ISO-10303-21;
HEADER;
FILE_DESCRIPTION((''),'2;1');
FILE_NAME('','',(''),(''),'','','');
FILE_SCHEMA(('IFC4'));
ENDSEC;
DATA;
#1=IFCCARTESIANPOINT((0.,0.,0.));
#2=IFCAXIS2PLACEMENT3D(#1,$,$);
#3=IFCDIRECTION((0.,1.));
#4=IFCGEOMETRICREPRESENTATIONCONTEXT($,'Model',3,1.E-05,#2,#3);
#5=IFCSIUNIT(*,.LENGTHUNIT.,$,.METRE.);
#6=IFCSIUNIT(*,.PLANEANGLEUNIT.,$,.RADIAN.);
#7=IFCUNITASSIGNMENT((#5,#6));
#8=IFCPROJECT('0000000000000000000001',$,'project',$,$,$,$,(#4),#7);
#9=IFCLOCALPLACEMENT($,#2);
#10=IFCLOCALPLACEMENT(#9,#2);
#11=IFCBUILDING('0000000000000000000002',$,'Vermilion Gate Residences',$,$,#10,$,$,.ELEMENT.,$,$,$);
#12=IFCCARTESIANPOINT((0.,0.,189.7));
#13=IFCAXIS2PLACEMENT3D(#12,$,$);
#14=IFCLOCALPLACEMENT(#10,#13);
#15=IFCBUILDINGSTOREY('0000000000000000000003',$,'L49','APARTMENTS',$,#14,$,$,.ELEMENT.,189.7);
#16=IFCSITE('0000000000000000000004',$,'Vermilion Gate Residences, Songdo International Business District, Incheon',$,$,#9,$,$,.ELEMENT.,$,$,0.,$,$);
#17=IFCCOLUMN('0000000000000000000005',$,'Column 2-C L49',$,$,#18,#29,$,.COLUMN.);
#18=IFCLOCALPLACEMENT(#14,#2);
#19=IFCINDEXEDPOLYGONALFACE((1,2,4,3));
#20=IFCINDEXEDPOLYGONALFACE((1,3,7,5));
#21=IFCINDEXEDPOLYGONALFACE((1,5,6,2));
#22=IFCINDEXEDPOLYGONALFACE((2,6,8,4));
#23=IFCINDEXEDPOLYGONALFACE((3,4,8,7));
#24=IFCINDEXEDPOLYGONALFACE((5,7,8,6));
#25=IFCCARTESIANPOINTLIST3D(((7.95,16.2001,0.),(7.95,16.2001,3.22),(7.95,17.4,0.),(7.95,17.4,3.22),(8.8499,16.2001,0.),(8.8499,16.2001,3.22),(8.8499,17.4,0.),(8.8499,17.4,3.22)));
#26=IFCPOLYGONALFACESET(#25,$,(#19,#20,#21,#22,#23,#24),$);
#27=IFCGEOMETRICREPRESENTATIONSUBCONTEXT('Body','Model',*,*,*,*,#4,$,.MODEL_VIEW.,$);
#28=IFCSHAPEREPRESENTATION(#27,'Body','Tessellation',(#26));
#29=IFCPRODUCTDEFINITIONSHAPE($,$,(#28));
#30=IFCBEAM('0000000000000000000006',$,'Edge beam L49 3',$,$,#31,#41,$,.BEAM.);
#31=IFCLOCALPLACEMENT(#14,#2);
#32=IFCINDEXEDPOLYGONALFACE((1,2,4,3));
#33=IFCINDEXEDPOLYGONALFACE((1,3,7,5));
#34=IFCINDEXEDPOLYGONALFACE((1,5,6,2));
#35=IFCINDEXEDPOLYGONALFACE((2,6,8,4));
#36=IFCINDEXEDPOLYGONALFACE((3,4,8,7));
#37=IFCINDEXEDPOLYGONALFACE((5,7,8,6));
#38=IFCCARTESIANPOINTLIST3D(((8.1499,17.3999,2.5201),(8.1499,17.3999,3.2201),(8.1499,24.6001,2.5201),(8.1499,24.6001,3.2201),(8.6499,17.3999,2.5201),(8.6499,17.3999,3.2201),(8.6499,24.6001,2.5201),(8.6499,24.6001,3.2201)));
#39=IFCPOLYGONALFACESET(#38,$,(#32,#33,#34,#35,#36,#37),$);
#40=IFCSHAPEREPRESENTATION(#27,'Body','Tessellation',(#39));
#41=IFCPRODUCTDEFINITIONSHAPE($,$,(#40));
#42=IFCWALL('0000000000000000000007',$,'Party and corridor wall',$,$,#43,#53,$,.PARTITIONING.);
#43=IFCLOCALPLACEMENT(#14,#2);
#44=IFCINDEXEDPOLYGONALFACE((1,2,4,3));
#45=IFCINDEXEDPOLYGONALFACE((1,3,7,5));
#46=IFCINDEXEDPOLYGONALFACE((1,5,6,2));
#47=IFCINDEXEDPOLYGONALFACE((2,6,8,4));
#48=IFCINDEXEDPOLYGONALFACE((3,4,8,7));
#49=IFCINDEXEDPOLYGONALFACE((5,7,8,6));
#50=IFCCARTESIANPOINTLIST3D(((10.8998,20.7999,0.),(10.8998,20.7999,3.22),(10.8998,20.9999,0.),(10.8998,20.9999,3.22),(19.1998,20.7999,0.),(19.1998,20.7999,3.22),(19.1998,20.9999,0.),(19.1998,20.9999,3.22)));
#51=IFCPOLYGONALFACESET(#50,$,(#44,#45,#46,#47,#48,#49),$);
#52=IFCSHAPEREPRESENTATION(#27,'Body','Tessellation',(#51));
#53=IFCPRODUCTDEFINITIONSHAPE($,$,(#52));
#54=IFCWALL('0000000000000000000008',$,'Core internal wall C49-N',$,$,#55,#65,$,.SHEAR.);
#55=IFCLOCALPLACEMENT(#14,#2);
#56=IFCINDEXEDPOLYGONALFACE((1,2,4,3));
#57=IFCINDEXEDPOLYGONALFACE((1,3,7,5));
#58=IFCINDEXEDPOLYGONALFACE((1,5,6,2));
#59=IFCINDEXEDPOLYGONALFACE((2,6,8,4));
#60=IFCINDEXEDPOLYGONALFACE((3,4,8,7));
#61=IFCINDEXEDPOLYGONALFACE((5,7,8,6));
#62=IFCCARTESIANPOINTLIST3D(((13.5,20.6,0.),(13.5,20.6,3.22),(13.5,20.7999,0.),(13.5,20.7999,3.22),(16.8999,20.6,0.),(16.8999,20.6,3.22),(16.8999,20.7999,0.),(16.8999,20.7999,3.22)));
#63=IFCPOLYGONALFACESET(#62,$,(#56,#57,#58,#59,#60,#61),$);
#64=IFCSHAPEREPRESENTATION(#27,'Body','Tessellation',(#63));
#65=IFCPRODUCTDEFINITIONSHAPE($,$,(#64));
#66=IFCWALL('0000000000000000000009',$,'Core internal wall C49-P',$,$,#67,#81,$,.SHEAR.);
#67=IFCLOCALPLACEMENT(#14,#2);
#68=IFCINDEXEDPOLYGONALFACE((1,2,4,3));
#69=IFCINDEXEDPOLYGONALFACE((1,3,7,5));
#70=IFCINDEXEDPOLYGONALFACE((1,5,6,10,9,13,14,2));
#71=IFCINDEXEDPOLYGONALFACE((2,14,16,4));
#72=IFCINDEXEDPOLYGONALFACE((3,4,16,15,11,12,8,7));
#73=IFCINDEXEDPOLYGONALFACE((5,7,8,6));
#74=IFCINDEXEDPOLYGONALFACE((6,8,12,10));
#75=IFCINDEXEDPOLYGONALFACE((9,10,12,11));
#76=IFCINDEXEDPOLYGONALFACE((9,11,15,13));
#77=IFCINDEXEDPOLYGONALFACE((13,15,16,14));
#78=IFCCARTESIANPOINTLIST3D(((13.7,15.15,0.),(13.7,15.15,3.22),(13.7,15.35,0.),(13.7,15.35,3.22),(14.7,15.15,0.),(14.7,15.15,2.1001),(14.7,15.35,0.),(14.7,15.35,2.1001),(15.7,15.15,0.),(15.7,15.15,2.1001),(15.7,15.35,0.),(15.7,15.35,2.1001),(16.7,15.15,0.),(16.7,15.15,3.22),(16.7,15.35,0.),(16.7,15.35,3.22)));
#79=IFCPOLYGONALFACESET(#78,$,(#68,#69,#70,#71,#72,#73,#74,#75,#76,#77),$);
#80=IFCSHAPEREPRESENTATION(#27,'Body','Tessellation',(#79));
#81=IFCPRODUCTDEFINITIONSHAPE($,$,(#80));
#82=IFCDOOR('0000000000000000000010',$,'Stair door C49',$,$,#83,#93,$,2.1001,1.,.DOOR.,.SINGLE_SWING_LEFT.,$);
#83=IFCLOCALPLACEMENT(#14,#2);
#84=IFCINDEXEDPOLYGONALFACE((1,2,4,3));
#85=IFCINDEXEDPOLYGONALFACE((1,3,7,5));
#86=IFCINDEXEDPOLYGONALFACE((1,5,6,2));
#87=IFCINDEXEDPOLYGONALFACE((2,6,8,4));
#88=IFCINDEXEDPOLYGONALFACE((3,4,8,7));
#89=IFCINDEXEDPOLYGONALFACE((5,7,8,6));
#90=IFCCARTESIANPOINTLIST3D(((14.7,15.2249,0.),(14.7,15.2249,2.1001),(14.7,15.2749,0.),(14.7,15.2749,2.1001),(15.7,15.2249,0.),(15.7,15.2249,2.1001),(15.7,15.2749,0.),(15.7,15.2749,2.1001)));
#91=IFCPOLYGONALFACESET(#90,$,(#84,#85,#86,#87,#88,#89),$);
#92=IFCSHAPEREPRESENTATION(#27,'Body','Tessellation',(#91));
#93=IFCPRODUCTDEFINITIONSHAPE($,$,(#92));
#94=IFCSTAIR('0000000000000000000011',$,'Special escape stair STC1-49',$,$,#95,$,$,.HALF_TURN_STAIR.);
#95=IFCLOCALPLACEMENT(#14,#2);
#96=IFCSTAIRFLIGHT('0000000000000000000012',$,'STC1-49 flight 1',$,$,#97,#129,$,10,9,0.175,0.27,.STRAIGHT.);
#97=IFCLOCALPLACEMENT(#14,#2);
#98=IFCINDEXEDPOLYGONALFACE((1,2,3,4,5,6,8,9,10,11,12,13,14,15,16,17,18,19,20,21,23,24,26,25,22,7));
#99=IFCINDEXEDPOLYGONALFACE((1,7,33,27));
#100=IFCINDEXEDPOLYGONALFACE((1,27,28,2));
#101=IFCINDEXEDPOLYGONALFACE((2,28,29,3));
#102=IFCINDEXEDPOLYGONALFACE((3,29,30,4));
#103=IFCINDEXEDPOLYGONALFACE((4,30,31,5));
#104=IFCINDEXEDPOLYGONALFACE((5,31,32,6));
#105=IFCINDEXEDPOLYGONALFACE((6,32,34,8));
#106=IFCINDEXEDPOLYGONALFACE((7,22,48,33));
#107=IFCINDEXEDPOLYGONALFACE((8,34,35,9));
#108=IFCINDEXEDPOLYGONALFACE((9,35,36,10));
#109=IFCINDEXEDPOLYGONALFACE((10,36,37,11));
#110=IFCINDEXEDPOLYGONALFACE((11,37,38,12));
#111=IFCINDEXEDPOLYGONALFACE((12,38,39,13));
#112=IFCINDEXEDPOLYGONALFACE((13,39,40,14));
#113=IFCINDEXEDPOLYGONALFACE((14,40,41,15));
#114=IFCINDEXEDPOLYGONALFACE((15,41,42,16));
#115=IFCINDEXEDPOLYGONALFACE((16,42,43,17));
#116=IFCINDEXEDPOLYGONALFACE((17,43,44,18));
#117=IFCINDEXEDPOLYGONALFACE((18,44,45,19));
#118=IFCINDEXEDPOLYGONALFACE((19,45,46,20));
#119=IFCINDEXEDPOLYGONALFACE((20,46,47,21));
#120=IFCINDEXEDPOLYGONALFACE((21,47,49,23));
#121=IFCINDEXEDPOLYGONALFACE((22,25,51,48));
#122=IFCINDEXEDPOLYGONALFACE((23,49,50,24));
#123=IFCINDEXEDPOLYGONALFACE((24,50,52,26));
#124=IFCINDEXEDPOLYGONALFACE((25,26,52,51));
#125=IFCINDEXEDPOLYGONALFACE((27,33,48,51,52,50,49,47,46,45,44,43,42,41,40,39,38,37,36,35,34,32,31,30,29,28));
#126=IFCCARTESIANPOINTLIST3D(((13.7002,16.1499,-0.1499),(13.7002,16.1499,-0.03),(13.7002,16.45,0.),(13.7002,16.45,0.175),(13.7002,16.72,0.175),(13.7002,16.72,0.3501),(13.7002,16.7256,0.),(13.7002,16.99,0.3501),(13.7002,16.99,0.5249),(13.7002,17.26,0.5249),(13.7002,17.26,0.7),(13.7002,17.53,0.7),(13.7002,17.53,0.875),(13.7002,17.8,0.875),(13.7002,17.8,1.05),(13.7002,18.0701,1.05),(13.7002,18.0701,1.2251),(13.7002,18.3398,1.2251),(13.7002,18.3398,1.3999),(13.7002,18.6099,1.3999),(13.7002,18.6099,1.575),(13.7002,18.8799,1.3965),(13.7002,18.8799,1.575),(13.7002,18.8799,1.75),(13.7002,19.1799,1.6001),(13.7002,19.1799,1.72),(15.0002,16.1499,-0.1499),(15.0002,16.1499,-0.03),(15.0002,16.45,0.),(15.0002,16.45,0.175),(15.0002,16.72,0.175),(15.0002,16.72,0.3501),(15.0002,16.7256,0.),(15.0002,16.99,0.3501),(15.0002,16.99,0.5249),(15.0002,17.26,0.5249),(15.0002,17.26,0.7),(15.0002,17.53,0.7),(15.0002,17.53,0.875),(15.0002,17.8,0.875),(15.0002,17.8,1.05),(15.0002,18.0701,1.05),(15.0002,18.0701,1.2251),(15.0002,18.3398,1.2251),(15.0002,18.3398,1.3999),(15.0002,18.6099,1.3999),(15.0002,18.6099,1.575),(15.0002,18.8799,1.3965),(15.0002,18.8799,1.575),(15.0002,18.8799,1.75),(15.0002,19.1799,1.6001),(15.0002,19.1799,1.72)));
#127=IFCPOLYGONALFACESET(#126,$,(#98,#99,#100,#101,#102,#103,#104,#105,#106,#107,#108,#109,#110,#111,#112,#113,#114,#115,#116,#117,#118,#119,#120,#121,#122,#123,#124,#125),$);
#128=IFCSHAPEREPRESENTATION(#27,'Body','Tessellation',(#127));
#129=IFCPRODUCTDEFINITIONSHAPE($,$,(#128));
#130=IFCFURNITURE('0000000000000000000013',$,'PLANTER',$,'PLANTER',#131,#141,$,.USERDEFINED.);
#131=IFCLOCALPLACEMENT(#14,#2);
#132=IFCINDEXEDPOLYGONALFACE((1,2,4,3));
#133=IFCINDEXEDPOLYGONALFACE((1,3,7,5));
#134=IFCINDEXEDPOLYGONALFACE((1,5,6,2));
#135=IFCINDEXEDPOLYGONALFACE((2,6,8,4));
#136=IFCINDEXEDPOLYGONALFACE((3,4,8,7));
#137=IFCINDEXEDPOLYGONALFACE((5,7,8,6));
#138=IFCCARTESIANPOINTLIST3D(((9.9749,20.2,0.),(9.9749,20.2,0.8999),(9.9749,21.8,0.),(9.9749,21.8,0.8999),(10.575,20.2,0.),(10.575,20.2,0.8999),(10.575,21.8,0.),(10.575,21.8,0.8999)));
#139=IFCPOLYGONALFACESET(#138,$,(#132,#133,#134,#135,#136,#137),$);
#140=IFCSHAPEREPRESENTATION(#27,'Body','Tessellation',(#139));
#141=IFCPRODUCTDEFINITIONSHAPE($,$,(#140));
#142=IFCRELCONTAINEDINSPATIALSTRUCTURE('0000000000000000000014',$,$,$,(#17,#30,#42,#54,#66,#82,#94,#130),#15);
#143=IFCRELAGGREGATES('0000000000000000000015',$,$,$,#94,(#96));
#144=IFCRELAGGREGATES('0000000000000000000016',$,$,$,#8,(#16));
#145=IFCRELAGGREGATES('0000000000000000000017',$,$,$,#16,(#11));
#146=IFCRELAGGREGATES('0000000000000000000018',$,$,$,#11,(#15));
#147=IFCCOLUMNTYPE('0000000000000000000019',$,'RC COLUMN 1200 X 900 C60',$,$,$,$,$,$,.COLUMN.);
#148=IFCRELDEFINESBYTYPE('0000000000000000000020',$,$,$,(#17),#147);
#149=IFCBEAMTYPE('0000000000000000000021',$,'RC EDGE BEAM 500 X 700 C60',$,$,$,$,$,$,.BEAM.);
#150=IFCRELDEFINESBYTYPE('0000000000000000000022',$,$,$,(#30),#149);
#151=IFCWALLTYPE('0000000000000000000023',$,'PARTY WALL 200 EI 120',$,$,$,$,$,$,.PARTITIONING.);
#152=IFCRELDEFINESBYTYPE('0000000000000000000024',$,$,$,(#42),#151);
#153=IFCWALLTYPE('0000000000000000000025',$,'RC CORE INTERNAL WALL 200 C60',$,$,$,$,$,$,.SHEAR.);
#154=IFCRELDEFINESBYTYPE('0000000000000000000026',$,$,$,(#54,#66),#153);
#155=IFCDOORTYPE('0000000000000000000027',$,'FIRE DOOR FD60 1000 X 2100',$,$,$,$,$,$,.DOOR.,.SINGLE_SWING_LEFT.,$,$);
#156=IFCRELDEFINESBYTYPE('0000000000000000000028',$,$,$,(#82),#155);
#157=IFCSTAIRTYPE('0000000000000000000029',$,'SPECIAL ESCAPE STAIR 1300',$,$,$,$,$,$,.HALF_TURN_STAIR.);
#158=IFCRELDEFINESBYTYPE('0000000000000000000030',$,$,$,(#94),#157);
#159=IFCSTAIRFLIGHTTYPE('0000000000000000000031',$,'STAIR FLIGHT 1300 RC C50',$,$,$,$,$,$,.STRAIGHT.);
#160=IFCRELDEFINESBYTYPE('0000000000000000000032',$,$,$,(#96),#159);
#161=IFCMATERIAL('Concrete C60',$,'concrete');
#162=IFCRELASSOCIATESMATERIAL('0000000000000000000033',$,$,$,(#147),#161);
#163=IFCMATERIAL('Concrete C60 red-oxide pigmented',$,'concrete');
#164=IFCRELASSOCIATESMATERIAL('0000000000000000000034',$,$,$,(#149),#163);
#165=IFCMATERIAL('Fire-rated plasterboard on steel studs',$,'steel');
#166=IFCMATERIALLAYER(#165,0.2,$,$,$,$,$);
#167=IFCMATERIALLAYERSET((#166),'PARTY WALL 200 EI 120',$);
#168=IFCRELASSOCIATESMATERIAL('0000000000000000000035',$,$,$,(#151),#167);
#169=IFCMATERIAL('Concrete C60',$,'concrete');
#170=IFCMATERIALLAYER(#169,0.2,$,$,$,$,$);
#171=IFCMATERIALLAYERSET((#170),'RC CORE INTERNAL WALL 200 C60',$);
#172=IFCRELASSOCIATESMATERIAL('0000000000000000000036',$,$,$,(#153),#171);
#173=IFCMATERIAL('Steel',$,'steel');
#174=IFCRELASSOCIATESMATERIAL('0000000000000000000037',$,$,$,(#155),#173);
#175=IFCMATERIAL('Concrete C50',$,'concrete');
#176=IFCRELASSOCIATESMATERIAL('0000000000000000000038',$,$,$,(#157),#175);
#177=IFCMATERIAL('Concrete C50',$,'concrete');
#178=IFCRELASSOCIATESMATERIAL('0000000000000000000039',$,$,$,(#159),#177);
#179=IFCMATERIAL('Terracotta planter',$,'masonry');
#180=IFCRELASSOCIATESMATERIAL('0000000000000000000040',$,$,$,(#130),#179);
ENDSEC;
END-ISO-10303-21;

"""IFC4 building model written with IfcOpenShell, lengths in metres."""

from ifc_helpers import new_model, si_unit, direction, frame, frame_2d, origin, origin_2d, place, context, subcontext, project, spatial, polyline, rectangle, outline, extrude, material, layer, layer_set, material_profile, profile_set, type_object, element, fill, aggregate, save


model = new_model("IFC4")

# Units and contexts
model_context = context("Model", 3, precision=1e-05, world=origin(), true_north=direction((0.0, 1.0)))
body_context = subcontext(model_context, "Body", "Model", "MODEL_VIEW")
ifc_project = project(units=[si_unit("LENGTHUNIT", "METRE"), si_unit("PLANEANGLEUNIT", "RADIAN")], contexts=[model_context])

# Site, building, storey
site_placement = place(None, origin())
site = spatial("IfcSite", under=ifc_project, at=site_placement, Name="Vermilion Gate Residences, Songdo International Business District, Incheon", CompositionType="ELEMENT", RefElevation=0.0)
building_placement = place(site_placement, origin())
building = spatial("IfcBuilding", under=site, at=building_placement, Name="Vermilion Gate Residences", CompositionType="ELEMENT")
storey_placement = place(building_placement, frame((0.0, 0.0, 189.7)))
storey = spatial("IfcBuildingStorey", under=building, at=storey_placement, Name="L49", Description="APARTMENTS", CompositionType="ELEMENT", Elevation=189.7)

# Column
ifc_material_1 = material(Name="Concrete C60", Category="concrete")
ifc_material_profile_1 = material_profile(ifc_material_1, rectangle(XDim=1.2, YDim=0.8999, at=origin_2d()), Name="RC-1200x900")
ifc_profile_set_1 = profile_set([ifc_material_profile_1], Name="Concrete C60")
column_type = type_object("IfcColumnType", Name="RC COLUMN 1200 X 900 C60", PredefinedType="COLUMN", material=ifc_profile_set_1)
column_placement = place(storey_placement, frame((8.3999, 16.8, 0.0), z_axis=(0.0, 0.0, 1.0), x_axis=(0.0, 1.0, 0.0)))
element("IfcColumn", 1, at=column_placement, inside=storey, type_object=column_type, Name="Column 2-C L49", PredefinedType="COLUMN", context=body_context, shape_type="SweptSolid", body=[
    extrude(rectangle(XDim=1.2, YDim=0.8999, at=origin_2d()), origin(), (0.0, 0.0, 1.0), 3.22),
])

# Beam
ifc_material_2 = material(Name="Concrete C60 red-oxide pigmented", Category="concrete")
ifc_material_profile_2 = material_profile(ifc_material_2, rectangle(XDim=0.5, YDim=0.7, at=origin_2d()), Name="RC-500x700")
ifc_profile_set_2 = profile_set([ifc_material_profile_2], Name="Concrete C60 red-oxide pigmented")
beam_type = type_object("IfcBeamType", Name="RC EDGE BEAM 500 X 700 C60", PredefinedType="BEAM", material=ifc_profile_set_2)
beam_placement = place(storey_placement, frame((8.3999, 17.3999, 2.8701), z_axis=(0.0, 1.0, 0.0), x_axis=(-1.0, 0.0, 0.0)))
element("IfcBeam", 2, at=beam_placement, inside=storey, type_object=beam_type, Name="Edge beam L49 3", PredefinedType="BEAM", context=body_context, shape_type="SweptSolid", body=[
    extrude(rectangle(XDim=0.5, YDim=0.7, at=origin_2d()), origin(), (0.0, 0.0, 1.0), 7.2002),
])

# Walls
ifc_material_3 = material(Name="Fire-rated plasterboard on steel studs", Category="steel")
ifc_layer_1 = layer(ifc_material_3, 0.2)
ifc_layer_set_1 = layer_set([ifc_layer_1], Name="PARTY WALL 200 EI 120")
wall_type_1 = type_object("IfcWallType", Name="PARTY WALL 200 EI 120", PredefinedType="PARTITIONING", material=ifc_layer_set_1)
wall_1_placement = place(storey_placement, frame((10.8999, 20.8999, 0.0), z_axis=(0.0, 0.0, 1.0), x_axis=(1.0, 0.0, 0.0)))
element("IfcWall", 3, at=wall_1_placement, inside=storey, type_object=wall_type_1, Name="Party and corridor wall", PredefinedType="PARTITIONING", context=body_context, shape_type="SweptSolid", body=[
    extrude(rectangle(XDim=8.3, YDim=0.2, at=frame_2d((4.1499, 0.0))), origin(), (0.0, 0.0, 1.0), 3.22),
])
ifc_material_4 = material(Name="Concrete C60", Category="concrete")
ifc_layer_2 = layer(ifc_material_4, 0.2)
ifc_layer_set_2 = layer_set([ifc_layer_2], Name="RC CORE INTERNAL WALL 200 C60")
wall_type_2 = type_object("IfcWallType", Name="RC CORE INTERNAL WALL 200 C60", PredefinedType="SHEAR", material=ifc_layer_set_2)
wall_2_placement = place(storey_placement, frame((13.5, 20.7, 0.0), z_axis=(0.0, 0.0, 1.0), x_axis=(1.0, 0.0, 0.0)))
element("IfcWall", 4, at=wall_2_placement, inside=storey, type_object=wall_type_2, Name="Core internal wall C49-N", PredefinedType="SHEAR", context=body_context, shape_type="SweptSolid", body=[
    extrude(rectangle(XDim=3.3999, YDim=0.2, at=frame_2d((1.7, 0.0))), origin(), (0.0, 0.0, 1.0), 3.22),
])

# Wall, opening, door
wall_3_placement = place(storey_placement, frame((13.7, 15.25, 0.0), z_axis=(0.0, 0.0, 1.0), x_axis=(1.0, 0.0, 0.0)))
wall_3 = element("IfcWall", 5, at=wall_3_placement, inside=storey, type_object=wall_type_2, Name="Core internal wall C49-P", PredefinedType="SHEAR", context=body_context, shape_type="SweptSolid", body=[
    extrude(rectangle(XDim=3.0, YDim=0.2, at=frame_2d((1.5, 0.0))), origin(), (0.0, 0.0, 1.0), 3.22),
])
opening_placement = place(wall_3_placement, frame((1.0, 0.0, 0.0)))
opening = element("IfcOpeningElement", 6, at=opening_placement, cuts=wall_3, PredefinedType="OPENING", context=body_context, shape_type="SweptSolid", body=[
    extrude(rectangle(XDim=1.0, YDim=2.1001, at=frame_2d((0.5, 1.05))), frame((0.0, 0.1099, 0.0), z_axis=(0.0, -1.0, 0.0), x_axis=(1.0, 0.0, 0.0)), (0.0, 0.0, 1.0), 0.22),
])
ifc_material_5 = material(Name="Steel", Category="steel")
door_type = type_object("IfcDoorType", Name="FIRE DOOR FD60 1000 X 2100", OperationType="SINGLE_SWING_LEFT", PredefinedType="DOOR", material=ifc_material_5)
door_placement = place(opening_placement, origin())
door = element("IfcDoor", 7, at=door_placement, inside=storey, type_object=door_type, Name="Stair door C49", OperationType="SINGLE_SWING_LEFT", OverallHeight=2.1001, OverallWidth=1.0, PredefinedType="DOOR", context=body_context, shape_type="SweptSolid", body=[
    extrude(rectangle(XDim=1.0, YDim=2.1001, at=frame_2d((0.5, 1.05))), frame((0.0, 0.0249, 0.0), z_axis=(0.0, -1.0, 0.0), x_axis=(1.0, 0.0, 0.0)), (0.0, 0.0, 1.0), 0.05),
])
fill(opening, door)

# Stair, stair flight
ifc_material_6 = material(Name="Concrete C50", Category="concrete")
stair_type = type_object("IfcStairType", Name="SPECIAL ESCAPE STAIR 1300", PredefinedType="HALF_TURN_STAIR", material=ifc_material_6)
stair_placement = place(storey_placement, origin())
stair = element("IfcStair", 8, at=stair_placement, inside=storey, type_object=stair_type, Name="Special escape stair STC1-49", PredefinedType="HALF_TURN_STAIR")
ifc_material_7 = material(Name="Concrete C50", Category="concrete")
stair_flight_type = type_object("IfcStairFlightType", Name="STAIR FLIGHT 1300 RC C50", PredefinedType="STRAIGHT", material=ifc_material_7)
stair_flight_placement = place(storey_placement, frame((14.3501, 16.45, 0.0), z_axis=(0.0, 0.0, 1.0), x_axis=(0.0, 1.0, 0.0)))
stair_flight = element("IfcStairFlight", 9, at=stair_flight_placement, type_object=stair_flight_type, Name="STC1-49 flight 1", NumberOfRisers=10, NumberOfTreads=9, PredefinedType="STRAIGHT", RiserHeight=0.175, TreadLength=0.27, context=body_context, shape_type="SweptSolid", body=[
    extrude(outline(polyline([(-0.3, -0.1499), (-0.3, -0.03), (0.0, 0.0), (0.0, 0.175), (0.27, 0.175), (0.27, 0.3501), (0.54, 0.3501), (0.54, 0.5249), (0.8101, 0.5249), (0.8101, 0.7), (1.0801, 0.7), (1.0801, 0.875), (1.3501, 0.875), (1.3501, 1.05), (1.6201, 1.05), (1.6201, 1.2251), (1.8899, 1.2251), (1.8899, 1.3999), (2.1599, 1.3999), (2.1599, 1.575), (2.4299, 1.575), (2.4299, 1.75), (2.73, 1.72), (2.73, 1.6001), (2.4299, 1.3965), (0.2756, 0.0), (-0.3, -0.1499)])), frame((0.0, 0.6499, 0.0), z_axis=(0.0, -1.0, 0.0), x_axis=(1.0, 0.0, 0.0)), (0.0, 0.0, 1.0), 1.3),
])
aggregate(stair, [stair_flight])

# Furniture
ifc_material_8 = material(Name="Terracotta planter", Category="masonry")
furniture_placement = place(storey_placement, frame((10.2749, 21.0, 0.0), z_axis=(0.0, 0.0, 1.0), x_axis=(0.0, -1.0, 0.0)))
element("IfcFurniture", 10, at=furniture_placement, inside=storey, material=ifc_material_8, Name="PLANTER", ObjectType="PLANTER", PredefinedType="USERDEFINED", context=body_context, shape_type="SweptSolid", body=[
    extrude(rectangle(XDim=1.6001, YDim=0.6001, at=origin_2d()), origin(), (0.0, 0.0, 1.0), 0.8999),
])

save(model, "model.ifc")
